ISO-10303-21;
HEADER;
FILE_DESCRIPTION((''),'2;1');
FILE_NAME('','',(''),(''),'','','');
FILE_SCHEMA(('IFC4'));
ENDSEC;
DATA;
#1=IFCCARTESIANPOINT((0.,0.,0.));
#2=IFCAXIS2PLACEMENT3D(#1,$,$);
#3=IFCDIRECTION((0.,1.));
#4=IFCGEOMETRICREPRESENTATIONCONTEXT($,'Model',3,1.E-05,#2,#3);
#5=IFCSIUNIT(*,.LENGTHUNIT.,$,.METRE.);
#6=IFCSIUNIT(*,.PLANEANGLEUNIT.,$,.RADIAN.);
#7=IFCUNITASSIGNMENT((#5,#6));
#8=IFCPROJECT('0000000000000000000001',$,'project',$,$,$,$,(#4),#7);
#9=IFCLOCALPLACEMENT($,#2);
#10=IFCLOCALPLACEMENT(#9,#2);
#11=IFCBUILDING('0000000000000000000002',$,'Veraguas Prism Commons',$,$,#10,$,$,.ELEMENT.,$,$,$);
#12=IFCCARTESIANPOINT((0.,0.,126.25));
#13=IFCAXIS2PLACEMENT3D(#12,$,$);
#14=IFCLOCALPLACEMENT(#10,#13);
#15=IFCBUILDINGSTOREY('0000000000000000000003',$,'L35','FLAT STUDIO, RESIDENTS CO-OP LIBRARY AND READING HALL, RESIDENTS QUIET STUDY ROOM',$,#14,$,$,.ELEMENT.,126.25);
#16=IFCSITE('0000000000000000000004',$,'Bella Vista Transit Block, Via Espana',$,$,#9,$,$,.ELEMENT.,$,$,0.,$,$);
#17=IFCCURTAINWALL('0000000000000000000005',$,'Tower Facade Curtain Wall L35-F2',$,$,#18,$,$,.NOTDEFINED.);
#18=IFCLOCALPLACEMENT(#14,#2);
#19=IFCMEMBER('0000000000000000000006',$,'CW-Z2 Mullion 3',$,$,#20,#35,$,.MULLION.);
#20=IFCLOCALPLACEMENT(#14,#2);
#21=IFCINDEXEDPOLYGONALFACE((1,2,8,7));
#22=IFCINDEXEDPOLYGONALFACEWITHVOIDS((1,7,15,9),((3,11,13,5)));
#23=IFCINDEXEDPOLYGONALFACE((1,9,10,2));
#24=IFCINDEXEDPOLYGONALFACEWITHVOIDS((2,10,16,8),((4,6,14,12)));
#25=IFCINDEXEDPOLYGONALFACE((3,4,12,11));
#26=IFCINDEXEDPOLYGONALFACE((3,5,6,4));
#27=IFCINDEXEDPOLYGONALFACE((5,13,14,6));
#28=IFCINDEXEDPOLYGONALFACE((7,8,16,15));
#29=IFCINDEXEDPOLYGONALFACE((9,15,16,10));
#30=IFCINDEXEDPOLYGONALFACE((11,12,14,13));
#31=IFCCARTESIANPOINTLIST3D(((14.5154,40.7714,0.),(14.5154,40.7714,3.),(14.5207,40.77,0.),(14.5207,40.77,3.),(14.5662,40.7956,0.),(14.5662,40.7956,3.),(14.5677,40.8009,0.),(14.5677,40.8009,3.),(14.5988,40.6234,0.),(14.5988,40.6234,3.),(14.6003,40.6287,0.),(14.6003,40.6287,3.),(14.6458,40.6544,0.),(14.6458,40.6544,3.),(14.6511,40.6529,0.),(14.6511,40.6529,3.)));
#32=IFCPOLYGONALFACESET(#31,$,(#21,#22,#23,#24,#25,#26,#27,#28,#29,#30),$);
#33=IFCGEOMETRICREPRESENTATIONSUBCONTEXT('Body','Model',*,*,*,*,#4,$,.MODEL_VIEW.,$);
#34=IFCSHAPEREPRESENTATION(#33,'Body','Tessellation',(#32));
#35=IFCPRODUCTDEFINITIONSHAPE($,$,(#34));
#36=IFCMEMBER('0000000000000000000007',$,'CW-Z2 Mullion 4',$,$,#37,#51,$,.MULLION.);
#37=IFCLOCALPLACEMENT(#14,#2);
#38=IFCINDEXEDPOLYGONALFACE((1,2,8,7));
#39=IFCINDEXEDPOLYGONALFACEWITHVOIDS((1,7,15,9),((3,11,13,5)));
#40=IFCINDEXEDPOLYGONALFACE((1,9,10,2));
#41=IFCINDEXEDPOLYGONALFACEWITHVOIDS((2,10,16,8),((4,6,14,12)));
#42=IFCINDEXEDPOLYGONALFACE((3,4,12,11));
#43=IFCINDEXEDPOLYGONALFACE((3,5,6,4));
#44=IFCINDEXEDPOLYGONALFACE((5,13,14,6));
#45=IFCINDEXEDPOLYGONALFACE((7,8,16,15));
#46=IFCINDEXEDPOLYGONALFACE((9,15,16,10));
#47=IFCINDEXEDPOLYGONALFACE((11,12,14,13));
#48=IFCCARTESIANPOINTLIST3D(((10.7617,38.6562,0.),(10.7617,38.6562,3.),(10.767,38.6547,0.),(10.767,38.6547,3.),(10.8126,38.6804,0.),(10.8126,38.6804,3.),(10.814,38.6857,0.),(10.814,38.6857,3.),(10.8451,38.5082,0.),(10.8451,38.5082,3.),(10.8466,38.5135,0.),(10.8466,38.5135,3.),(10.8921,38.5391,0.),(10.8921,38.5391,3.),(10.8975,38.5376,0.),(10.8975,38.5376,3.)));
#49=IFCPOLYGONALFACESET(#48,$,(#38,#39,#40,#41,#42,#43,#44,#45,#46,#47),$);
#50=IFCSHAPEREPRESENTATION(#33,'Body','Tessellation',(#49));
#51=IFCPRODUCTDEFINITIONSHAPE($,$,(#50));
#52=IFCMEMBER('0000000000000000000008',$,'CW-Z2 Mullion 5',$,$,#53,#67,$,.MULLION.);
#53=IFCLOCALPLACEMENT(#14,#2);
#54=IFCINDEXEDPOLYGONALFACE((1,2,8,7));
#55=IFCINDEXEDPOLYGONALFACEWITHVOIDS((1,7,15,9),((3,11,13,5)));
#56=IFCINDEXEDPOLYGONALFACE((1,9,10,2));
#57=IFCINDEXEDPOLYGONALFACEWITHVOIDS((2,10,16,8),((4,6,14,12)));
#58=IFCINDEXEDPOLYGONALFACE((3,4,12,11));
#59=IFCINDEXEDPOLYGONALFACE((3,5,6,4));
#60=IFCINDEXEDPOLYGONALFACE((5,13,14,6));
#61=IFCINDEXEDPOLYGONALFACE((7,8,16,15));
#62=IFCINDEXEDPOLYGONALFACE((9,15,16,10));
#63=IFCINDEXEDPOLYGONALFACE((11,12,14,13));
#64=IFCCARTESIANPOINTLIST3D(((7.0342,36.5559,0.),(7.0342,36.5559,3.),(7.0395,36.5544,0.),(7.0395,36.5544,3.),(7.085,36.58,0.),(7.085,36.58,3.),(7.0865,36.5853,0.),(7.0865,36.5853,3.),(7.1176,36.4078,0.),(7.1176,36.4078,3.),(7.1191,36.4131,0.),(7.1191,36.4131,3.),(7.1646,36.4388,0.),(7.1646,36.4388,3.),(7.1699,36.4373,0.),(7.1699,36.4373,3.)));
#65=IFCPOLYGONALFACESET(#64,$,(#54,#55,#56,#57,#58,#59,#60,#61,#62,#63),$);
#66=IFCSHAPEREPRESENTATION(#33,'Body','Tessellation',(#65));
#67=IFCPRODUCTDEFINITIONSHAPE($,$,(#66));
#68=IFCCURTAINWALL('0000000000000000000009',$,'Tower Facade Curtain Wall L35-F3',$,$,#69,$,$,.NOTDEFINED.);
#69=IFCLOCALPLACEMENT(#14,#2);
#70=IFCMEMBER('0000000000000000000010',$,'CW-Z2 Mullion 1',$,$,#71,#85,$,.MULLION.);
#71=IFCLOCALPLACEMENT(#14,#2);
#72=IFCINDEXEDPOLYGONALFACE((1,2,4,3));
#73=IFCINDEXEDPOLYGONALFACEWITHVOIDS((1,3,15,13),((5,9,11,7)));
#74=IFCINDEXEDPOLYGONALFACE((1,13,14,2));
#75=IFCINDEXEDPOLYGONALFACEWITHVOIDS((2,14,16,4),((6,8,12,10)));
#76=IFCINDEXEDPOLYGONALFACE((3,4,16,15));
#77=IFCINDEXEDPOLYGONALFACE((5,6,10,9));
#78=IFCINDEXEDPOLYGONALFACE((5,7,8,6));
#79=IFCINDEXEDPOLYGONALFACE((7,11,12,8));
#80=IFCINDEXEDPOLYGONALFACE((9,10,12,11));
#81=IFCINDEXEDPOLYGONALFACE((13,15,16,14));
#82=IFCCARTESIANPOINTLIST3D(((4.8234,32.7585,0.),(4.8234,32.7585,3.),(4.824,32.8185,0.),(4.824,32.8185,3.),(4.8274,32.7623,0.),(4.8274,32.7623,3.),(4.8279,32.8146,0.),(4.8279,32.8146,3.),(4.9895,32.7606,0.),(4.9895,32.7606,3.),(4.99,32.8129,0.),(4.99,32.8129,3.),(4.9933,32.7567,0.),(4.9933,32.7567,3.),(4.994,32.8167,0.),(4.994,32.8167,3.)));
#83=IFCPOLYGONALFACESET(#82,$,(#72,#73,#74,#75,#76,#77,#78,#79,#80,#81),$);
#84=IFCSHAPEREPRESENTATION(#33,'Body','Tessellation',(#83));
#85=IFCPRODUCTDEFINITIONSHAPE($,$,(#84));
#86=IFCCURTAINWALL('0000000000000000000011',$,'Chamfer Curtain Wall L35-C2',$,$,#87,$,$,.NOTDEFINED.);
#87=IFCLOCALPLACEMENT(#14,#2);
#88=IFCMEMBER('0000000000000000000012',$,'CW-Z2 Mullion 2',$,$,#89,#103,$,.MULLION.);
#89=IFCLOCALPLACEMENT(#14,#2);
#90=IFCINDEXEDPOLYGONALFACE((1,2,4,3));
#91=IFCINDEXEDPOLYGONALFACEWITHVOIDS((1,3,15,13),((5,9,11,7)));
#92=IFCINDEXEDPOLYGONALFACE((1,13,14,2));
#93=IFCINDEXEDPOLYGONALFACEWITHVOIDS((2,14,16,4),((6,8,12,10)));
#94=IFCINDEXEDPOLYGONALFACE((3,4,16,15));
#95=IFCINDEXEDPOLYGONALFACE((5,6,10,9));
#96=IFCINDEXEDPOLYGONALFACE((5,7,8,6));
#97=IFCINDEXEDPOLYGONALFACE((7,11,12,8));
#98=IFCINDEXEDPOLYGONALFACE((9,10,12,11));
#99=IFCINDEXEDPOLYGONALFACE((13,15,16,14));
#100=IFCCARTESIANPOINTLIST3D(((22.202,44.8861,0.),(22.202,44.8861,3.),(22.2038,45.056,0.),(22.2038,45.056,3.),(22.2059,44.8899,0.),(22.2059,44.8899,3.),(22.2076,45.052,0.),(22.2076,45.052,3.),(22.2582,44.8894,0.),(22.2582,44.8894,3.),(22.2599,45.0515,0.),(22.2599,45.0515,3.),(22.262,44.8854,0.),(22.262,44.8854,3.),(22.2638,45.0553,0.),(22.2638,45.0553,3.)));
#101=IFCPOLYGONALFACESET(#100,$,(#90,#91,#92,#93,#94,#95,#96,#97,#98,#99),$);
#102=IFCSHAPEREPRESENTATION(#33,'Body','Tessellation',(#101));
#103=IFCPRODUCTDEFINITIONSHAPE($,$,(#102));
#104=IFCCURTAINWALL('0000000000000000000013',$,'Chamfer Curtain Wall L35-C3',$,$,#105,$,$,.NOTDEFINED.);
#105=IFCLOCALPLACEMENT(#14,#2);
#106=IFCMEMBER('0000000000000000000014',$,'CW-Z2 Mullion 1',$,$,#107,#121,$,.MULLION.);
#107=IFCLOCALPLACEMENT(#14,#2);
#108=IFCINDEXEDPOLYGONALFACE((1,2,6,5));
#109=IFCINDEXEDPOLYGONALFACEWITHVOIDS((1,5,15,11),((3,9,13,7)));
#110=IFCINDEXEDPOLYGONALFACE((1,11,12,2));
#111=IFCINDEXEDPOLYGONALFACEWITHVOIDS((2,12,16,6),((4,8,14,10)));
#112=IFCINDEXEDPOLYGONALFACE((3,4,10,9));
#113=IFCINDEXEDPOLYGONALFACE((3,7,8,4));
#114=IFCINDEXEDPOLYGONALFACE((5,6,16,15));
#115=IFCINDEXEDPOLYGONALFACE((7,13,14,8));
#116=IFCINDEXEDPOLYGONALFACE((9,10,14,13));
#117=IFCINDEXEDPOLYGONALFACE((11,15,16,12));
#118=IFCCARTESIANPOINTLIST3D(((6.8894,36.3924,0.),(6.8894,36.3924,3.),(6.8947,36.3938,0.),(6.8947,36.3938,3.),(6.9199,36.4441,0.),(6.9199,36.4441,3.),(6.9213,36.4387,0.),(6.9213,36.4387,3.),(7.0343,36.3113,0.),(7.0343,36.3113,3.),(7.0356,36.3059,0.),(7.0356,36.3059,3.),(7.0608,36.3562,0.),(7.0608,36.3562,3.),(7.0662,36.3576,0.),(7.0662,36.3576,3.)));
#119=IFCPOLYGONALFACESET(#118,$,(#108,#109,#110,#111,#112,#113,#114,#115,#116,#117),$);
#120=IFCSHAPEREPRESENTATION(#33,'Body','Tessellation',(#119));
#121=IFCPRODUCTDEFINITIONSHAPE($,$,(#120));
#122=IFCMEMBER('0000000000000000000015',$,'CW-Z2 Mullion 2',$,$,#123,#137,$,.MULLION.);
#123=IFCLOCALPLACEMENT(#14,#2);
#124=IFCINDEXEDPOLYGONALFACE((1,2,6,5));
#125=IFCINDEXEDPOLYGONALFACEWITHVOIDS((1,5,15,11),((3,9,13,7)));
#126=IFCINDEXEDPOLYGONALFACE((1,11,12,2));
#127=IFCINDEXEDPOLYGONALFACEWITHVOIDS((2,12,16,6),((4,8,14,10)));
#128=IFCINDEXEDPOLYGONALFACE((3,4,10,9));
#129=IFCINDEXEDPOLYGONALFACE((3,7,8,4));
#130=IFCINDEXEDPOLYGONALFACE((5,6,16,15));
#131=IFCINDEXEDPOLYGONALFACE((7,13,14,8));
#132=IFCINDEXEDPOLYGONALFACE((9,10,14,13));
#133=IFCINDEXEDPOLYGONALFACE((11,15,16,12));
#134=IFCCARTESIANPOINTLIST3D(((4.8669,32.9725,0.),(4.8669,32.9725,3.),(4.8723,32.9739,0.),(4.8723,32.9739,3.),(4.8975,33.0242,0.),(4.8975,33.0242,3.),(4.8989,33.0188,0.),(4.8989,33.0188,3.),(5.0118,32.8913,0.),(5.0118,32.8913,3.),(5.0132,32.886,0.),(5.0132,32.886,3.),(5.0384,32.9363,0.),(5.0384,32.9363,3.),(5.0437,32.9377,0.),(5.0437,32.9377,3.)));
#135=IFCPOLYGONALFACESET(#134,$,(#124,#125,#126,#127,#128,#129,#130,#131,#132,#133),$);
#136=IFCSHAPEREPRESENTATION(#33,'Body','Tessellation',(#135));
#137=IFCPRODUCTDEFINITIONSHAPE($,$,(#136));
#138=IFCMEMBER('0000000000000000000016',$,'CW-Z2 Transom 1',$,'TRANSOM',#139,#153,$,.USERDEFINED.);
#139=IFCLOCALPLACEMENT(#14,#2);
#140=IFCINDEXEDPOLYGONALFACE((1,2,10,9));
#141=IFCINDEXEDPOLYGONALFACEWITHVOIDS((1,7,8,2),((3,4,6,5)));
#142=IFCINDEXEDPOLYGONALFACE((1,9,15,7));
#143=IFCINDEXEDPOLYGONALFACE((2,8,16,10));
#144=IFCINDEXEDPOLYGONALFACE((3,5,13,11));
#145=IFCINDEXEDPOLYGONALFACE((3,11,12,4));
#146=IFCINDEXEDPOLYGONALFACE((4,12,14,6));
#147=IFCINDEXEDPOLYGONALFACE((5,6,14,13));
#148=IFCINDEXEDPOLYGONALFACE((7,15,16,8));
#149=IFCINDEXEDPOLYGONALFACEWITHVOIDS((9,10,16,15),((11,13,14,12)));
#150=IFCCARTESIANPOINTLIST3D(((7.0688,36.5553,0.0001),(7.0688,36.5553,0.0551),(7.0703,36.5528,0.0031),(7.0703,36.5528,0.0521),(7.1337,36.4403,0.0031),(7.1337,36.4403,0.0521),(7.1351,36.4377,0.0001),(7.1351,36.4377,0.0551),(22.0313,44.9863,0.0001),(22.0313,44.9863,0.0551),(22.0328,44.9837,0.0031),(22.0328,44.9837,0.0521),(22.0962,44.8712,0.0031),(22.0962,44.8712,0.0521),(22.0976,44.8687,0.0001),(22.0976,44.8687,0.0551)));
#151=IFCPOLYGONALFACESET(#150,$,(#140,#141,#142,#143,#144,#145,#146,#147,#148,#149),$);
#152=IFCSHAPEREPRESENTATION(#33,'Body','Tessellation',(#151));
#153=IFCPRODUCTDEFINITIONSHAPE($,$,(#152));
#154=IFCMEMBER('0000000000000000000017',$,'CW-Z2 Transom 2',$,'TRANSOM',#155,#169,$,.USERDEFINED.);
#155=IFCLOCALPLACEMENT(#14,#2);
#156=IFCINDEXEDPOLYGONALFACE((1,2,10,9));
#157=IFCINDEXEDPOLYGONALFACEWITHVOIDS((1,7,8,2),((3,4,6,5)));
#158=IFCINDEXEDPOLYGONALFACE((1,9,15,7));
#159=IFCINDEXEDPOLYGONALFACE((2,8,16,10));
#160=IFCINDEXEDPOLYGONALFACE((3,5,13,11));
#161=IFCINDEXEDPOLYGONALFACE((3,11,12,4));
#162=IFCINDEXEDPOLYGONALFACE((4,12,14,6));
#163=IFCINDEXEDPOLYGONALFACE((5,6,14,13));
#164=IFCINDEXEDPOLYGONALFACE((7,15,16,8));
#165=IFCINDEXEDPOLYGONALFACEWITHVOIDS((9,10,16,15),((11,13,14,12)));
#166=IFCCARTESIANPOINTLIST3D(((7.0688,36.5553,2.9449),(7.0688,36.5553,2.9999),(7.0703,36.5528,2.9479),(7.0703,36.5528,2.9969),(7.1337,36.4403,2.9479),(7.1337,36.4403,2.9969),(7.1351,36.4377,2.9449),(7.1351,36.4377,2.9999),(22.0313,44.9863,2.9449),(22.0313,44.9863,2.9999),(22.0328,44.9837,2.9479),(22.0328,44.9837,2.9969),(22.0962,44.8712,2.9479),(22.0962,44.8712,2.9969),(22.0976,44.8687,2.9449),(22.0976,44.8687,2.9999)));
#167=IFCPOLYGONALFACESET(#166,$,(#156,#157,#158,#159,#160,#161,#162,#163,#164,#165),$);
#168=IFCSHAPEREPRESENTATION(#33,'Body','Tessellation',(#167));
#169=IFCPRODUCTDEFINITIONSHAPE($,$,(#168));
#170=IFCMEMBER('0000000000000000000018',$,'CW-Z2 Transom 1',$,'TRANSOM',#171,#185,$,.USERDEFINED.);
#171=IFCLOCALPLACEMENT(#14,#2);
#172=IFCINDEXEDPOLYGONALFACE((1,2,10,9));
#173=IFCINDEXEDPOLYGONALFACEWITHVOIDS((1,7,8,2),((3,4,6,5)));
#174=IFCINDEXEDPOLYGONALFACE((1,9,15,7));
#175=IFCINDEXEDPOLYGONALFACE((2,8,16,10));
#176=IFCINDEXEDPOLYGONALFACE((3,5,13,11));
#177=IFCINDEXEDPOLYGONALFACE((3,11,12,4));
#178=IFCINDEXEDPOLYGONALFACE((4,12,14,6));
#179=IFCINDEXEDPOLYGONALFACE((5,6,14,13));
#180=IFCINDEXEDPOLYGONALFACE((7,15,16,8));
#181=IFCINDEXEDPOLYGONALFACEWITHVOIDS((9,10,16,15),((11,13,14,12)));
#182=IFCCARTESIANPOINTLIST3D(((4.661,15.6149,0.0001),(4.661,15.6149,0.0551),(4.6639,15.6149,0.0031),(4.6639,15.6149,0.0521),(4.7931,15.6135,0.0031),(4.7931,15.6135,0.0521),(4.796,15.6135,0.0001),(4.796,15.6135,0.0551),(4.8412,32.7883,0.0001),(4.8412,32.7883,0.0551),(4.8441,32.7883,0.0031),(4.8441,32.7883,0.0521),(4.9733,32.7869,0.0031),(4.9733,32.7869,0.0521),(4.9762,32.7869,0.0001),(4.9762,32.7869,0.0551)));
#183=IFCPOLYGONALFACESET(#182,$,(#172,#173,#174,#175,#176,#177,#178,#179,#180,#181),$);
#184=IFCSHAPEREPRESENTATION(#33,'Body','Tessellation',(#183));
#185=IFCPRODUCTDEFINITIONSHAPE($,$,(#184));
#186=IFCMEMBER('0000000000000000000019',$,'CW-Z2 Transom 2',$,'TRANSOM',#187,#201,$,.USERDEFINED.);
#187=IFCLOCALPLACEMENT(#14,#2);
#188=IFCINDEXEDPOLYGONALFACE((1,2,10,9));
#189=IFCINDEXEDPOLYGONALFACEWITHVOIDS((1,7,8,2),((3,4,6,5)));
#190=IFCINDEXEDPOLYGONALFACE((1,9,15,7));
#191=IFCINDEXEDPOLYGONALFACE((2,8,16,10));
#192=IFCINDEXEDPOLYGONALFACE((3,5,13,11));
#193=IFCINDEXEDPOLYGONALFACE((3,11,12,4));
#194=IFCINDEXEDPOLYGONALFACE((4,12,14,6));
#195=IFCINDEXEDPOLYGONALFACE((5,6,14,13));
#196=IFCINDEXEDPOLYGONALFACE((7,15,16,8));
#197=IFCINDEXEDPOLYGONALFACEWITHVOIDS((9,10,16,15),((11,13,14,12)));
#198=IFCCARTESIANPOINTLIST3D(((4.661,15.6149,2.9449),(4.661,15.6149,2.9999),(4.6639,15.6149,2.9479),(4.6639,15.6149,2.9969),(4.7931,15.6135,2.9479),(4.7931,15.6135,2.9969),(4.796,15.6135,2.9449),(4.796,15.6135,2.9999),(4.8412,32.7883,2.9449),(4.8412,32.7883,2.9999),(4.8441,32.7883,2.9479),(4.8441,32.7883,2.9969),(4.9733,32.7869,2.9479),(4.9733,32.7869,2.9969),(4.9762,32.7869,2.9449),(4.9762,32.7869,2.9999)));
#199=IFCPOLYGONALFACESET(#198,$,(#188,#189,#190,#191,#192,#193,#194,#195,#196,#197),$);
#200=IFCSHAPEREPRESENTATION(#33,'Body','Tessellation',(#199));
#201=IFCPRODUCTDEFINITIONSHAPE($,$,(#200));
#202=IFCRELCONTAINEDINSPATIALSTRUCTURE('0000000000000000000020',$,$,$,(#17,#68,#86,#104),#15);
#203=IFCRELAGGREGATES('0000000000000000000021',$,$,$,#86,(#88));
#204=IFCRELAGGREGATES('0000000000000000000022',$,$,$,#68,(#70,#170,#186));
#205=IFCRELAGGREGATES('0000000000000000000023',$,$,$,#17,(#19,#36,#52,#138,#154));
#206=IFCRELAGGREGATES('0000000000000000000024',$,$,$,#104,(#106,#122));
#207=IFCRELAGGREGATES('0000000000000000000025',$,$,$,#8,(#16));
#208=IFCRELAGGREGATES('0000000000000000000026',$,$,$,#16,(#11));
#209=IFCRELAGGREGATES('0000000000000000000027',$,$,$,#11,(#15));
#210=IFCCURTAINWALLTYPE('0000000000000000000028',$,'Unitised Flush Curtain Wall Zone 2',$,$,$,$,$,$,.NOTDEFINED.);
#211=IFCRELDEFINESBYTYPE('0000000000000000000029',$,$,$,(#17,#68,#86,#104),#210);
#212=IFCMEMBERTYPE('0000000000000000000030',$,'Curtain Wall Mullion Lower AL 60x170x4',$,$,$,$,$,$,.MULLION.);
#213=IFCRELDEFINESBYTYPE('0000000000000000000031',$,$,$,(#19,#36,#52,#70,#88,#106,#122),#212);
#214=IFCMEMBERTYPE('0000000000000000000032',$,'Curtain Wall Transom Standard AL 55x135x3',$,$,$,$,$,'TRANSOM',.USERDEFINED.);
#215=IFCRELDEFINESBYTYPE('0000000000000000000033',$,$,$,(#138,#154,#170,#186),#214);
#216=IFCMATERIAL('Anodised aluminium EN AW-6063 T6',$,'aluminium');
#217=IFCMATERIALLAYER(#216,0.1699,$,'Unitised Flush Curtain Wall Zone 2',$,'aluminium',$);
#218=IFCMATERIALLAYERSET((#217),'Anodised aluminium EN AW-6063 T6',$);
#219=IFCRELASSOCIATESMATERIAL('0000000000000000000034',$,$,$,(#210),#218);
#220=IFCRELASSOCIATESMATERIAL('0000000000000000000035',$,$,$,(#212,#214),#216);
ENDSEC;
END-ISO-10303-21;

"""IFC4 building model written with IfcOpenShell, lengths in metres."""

from ifc_helpers import new_model, si_unit, direction, frame, origin, origin_2d, place, context, subcontext, project, spatial, hollow_rectangle, extrude, source, transform, mapped, material, layer, layer_set, material_profile, profile_set, type_object, element, aggregate, save


model = new_model("IFC4")

# Units and contexts
model_context = context("Model", 3, precision=1e-05, world=origin(), true_north=direction((0.0, 1.0)))
body_context = subcontext(model_context, "Body", "Model", "MODEL_VIEW")
ifc_project = project(units=[si_unit("LENGTHUNIT", "METRE"), si_unit("PLANEANGLEUNIT", "RADIAN")], contexts=[model_context])

# Site, building, storey
site_placement = place(None, origin())
site = spatial("IfcSite", under=ifc_project, at=site_placement, Name="Bella Vista Transit Block, Via Espana", CompositionType="ELEMENT", RefElevation=0.0)
building_placement = place(site_placement, origin())
building = spatial("IfcBuilding", under=site, at=building_placement, Name="Veraguas Prism Commons", CompositionType="ELEMENT")
storey_placement = place(building_placement, frame((0.0, 0.0, 126.25)))
storey = spatial("IfcBuildingStorey", under=building, at=storey_placement, Name="L35", Description="FLAT STUDIO, RESIDENTS CO-OP LIBRARY AND READING HALL, RESIDENTS QUIET STUDY ROOM", CompositionType="ELEMENT", Elevation=126.25)

# Curtain wall, members
ifc_material_1 = material(Name="Anodised aluminium EN AW-6063 T6", Category="aluminium")
ifc_layer_1 = layer(ifc_material_1, 0.1699, Name="Unitised Flush Curtain Wall Zone 2", Category="aluminium")
ifc_layer_set_1 = layer_set([ifc_layer_1], Name="Anodised aluminium EN AW-6063 T6")
curtain_wall_type = type_object("IfcCurtainWallType", Name="Unitised Flush Curtain Wall Zone 2", PredefinedType="NOTDEFINED", material=ifc_layer_set_1)
curtain_wall_1_placement = place(storey_placement, origin())
curtain_wall_1 = element("IfcCurtainWall", 1, at=curtain_wall_1_placement, inside=storey, type_object=curtain_wall_type, Name="Tower Facade Curtain Wall L35-F2", PredefinedType="NOTDEFINED")
ifc_material_profile_1 = material_profile(ifc_material_1, hollow_rectangle(XDim=0.0601, YDim=0.1699, WallThickness=0.0039, at=origin_2d()), Name="AL60X170X4")
ifc_profile_set_1 = profile_set([ifc_material_profile_1], Name="Anodised aluminium EN AW-6063 T6")
member_type_1 = type_object("IfcMemberType", Name="Curtain Wall Mullion Lower AL 60x170x4", PredefinedType="MULLION", material=ifc_profile_set_1)
shared_shape_1 = source(origin(), body_context, "Body", "SweptSolid", [
    extrude(hollow_rectangle(XDim=0.0601, YDim=0.1699, WallThickness=0.0039, at=origin_2d()), origin(), (0.0, 0.0, 1.0), 3.0),
])
member_1_placement = place(storey_placement, frame((14.5833, 40.7122, 0.0), z_axis=(0.0, 0.0, 1.0), x_axis=(-0.871215, -0.490902, 0.0)))
member_1 = element("IfcMember", 2, at=member_1_placement, type_object=member_type_1, Name="CW-Z2 Mullion 3", PredefinedType="MULLION", context=body_context, shape_type="MappedRepresentation", body=[
    mapped(shared_shape_1, transform((0.0, 0.0, 0.0), scale=1.0)),
])
member_2_placement = place(storey_placement, frame((10.8296, 38.5969, 0.0), z_axis=(0.0, 0.0, 1.0), x_axis=(-0.871215, -0.490902, 0.0)))
member_2 = element("IfcMember", 3, at=member_2_placement, type_object=member_type_1, Name="CW-Z2 Mullion 4", PredefinedType="MULLION", context=body_context, shape_type="MappedRepresentation", body=[
    mapped(shared_shape_1, transform((0.0, 0.0, 0.0), scale=1.0)),
])
member_3_placement = place(storey_placement, frame((7.1021, 36.4966, 0.0), z_axis=(0.0, 0.0, 1.0), x_axis=(-0.871215, -0.490902, 0.0)))
member_3 = element("IfcMember", 4, at=member_3_placement, type_object=member_type_1, Name="CW-Z2 Mullion 5", PredefinedType="MULLION", context=body_context, shape_type="MappedRepresentation", body=[
    mapped(shared_shape_1, transform((0.0, 0.0, 0.0), scale=1.0)),
])

# Curtain walls, members
curtain_wall_2_placement = place(storey_placement, origin())
curtain_wall_2 = element("IfcCurtainWall", 5, at=curtain_wall_2_placement, inside=storey, type_object=curtain_wall_type, Name="Tower Facade Curtain Wall L35-F3", PredefinedType="NOTDEFINED")
member_4_placement = place(storey_placement, frame((4.9087, 32.7876, 0.0), z_axis=(0.0, 0.0, 1.0), x_axis=(-0.010479, -0.999945, 0.0)))
member_4 = element("IfcMember", 6, at=member_4_placement, type_object=member_type_1, Name="CW-Z2 Mullion 1", PredefinedType="MULLION", context=body_context, shape_type="MappedRepresentation", body=[
    mapped(shared_shape_1, transform((0.0, 0.0, 0.0), scale=1.0)),
])
curtain_wall_3_placement = place(storey_placement, origin())
curtain_wall_3 = element("IfcCurtainWall", 7, at=curtain_wall_3_placement, inside=storey, type_object=curtain_wall_type, Name="Chamfer Curtain Wall L35-C2", PredefinedType="NOTDEFINED")
member_5_placement = place(storey_placement, frame((22.2329, 44.9707, 0.0), z_axis=(0.0, 0.0, 1.0), x_axis=(-0.999945, 0.010487, 0.0)))
member_5 = element("IfcMember", 8, at=member_5_placement, type_object=member_type_1, Name="CW-Z2 Mullion 2", PredefinedType="MULLION", context=body_context, shape_type="MappedRepresentation", body=[
    mapped(shared_shape_1, transform((0.0, 0.0, 0.0), scale=1.0)),
])
aggregate(curtain_wall_3, [member_5])

# Curtain wall, members
curtain_wall_4_placement = place(storey_placement, origin())
curtain_wall_4 = element("IfcCurtainWall", 9, at=curtain_wall_4_placement, inside=storey, type_object=curtain_wall_type, Name="Chamfer Curtain Wall L35-C3", PredefinedType="NOTDEFINED")
member_6_placement = place(storey_placement, frame((6.9778, 36.375, 0.0), z_axis=(0.0, 0.0, 1.0), x_axis=(-0.509041, -0.860742, 0.0)))
member_6 = element("IfcMember", 10, at=member_6_placement, type_object=member_type_1, Name="CW-Z2 Mullion 1", PredefinedType="MULLION", context=body_context, shape_type="MappedRepresentation", body=[
    mapped(shared_shape_1, transform((0.0, 0.0, 0.0), scale=1.0)),
])
member_7_placement = place(storey_placement, frame((4.9553, 32.9551, 0.0), z_axis=(0.0, 0.0, 1.0), x_axis=(-0.509041, -0.860742, 0.0)))
member_7 = element("IfcMember", 11, at=member_7_placement, type_object=member_type_1, Name="CW-Z2 Mullion 2", PredefinedType="MULLION", context=body_context, shape_type="MappedRepresentation", body=[
    mapped(shared_shape_1, transform((0.0, 0.0, 0.0), scale=1.0)),
])

# Members
ifc_material_profile_2 = material_profile(ifc_material_1, hollow_rectangle(XDim=0.0549, YDim=0.135, WallThickness=0.0029, at=origin_2d()), Name="AL55X135X3")
ifc_profile_set_2 = profile_set([ifc_material_profile_2], Name="Anodised aluminium EN AW-6063 T6")
member_type_2 = type_object("IfcMemberType", Name="Curtain Wall Transom Standard AL 55x135x3", ElementType="TRANSOM", PredefinedType="USERDEFINED", material=ifc_profile_set_2)
shared_shape_2 = source(origin(), body_context, "Body", "SweptSolid", [
    extrude(hollow_rectangle(XDim=0.0549, YDim=0.135, WallThickness=0.0029, at=origin_2d()), origin(), (0.0, 0.0, 1.0), 17.1743),
])
member_8_placement = place(storey_placement, frame((22.0645, 44.9275, 0.0276), z_axis=(-0.871213, -0.490905, 0.0), x_axis=(0.0, 0.0, 1.0)))
member_8 = element("IfcMember", 12, at=member_8_placement, type_object=member_type_2, Name="CW-Z2 Transom 1", ObjectType="TRANSOM", PredefinedType="USERDEFINED", context=body_context, shape_type="MappedRepresentation", body=[
    mapped(shared_shape_2, transform((0.0, 0.0, 0.0), scale=1.0)),
])
member_9_placement = place(storey_placement, frame((22.0645, 44.9275, 2.9724), z_axis=(-0.871213, -0.490905, 0.0), x_axis=(0.0, 0.0, 1.0)))
member_9 = element("IfcMember", 13, at=member_9_placement, type_object=member_type_2, Name="CW-Z2 Transom 2", ObjectType="TRANSOM", PredefinedType="USERDEFINED", context=body_context, shape_type="MappedRepresentation", body=[
    mapped(shared_shape_2, transform((0.0, 0.0, 0.0), scale=1.0)),
])
member_10_placement = place(storey_placement, frame((4.9087, 32.7876, 0.0276), z_axis=(-0.010491, -0.999945, 0.0), x_axis=(0.0, 0.0, 1.0)))
member_10 = element("IfcMember", 14, at=member_10_placement, type_object=member_type_2, Name="CW-Z2 Transom 1", ObjectType="TRANSOM", PredefinedType="USERDEFINED", context=body_context, shape_type="MappedRepresentation", body=[
    mapped(shared_shape_2, transform((0.0, 0.0, 0.0), scale=1.0)),
])
member_11_placement = place(storey_placement, frame((4.9087, 32.7876, 2.9724), z_axis=(-0.010491, -0.999945, 0.0), x_axis=(0.0, 0.0, 1.0)))
member_11 = element("IfcMember", 15, at=member_11_placement, type_object=member_type_2, Name="CW-Z2 Transom 2", ObjectType="TRANSOM", PredefinedType="USERDEFINED", context=body_context, shape_type="MappedRepresentation", body=[
    mapped(shared_shape_2, transform((0.0, 0.0, 0.0), scale=1.0)),
])
aggregate(curtain_wall_2, [member_4, member_10, member_11])

aggregate(curtain_wall_1, [member_1, member_2, member_3, member_8, member_9])
aggregate(curtain_wall_4, [member_6, member_7])

save(model, "model.ifc")
